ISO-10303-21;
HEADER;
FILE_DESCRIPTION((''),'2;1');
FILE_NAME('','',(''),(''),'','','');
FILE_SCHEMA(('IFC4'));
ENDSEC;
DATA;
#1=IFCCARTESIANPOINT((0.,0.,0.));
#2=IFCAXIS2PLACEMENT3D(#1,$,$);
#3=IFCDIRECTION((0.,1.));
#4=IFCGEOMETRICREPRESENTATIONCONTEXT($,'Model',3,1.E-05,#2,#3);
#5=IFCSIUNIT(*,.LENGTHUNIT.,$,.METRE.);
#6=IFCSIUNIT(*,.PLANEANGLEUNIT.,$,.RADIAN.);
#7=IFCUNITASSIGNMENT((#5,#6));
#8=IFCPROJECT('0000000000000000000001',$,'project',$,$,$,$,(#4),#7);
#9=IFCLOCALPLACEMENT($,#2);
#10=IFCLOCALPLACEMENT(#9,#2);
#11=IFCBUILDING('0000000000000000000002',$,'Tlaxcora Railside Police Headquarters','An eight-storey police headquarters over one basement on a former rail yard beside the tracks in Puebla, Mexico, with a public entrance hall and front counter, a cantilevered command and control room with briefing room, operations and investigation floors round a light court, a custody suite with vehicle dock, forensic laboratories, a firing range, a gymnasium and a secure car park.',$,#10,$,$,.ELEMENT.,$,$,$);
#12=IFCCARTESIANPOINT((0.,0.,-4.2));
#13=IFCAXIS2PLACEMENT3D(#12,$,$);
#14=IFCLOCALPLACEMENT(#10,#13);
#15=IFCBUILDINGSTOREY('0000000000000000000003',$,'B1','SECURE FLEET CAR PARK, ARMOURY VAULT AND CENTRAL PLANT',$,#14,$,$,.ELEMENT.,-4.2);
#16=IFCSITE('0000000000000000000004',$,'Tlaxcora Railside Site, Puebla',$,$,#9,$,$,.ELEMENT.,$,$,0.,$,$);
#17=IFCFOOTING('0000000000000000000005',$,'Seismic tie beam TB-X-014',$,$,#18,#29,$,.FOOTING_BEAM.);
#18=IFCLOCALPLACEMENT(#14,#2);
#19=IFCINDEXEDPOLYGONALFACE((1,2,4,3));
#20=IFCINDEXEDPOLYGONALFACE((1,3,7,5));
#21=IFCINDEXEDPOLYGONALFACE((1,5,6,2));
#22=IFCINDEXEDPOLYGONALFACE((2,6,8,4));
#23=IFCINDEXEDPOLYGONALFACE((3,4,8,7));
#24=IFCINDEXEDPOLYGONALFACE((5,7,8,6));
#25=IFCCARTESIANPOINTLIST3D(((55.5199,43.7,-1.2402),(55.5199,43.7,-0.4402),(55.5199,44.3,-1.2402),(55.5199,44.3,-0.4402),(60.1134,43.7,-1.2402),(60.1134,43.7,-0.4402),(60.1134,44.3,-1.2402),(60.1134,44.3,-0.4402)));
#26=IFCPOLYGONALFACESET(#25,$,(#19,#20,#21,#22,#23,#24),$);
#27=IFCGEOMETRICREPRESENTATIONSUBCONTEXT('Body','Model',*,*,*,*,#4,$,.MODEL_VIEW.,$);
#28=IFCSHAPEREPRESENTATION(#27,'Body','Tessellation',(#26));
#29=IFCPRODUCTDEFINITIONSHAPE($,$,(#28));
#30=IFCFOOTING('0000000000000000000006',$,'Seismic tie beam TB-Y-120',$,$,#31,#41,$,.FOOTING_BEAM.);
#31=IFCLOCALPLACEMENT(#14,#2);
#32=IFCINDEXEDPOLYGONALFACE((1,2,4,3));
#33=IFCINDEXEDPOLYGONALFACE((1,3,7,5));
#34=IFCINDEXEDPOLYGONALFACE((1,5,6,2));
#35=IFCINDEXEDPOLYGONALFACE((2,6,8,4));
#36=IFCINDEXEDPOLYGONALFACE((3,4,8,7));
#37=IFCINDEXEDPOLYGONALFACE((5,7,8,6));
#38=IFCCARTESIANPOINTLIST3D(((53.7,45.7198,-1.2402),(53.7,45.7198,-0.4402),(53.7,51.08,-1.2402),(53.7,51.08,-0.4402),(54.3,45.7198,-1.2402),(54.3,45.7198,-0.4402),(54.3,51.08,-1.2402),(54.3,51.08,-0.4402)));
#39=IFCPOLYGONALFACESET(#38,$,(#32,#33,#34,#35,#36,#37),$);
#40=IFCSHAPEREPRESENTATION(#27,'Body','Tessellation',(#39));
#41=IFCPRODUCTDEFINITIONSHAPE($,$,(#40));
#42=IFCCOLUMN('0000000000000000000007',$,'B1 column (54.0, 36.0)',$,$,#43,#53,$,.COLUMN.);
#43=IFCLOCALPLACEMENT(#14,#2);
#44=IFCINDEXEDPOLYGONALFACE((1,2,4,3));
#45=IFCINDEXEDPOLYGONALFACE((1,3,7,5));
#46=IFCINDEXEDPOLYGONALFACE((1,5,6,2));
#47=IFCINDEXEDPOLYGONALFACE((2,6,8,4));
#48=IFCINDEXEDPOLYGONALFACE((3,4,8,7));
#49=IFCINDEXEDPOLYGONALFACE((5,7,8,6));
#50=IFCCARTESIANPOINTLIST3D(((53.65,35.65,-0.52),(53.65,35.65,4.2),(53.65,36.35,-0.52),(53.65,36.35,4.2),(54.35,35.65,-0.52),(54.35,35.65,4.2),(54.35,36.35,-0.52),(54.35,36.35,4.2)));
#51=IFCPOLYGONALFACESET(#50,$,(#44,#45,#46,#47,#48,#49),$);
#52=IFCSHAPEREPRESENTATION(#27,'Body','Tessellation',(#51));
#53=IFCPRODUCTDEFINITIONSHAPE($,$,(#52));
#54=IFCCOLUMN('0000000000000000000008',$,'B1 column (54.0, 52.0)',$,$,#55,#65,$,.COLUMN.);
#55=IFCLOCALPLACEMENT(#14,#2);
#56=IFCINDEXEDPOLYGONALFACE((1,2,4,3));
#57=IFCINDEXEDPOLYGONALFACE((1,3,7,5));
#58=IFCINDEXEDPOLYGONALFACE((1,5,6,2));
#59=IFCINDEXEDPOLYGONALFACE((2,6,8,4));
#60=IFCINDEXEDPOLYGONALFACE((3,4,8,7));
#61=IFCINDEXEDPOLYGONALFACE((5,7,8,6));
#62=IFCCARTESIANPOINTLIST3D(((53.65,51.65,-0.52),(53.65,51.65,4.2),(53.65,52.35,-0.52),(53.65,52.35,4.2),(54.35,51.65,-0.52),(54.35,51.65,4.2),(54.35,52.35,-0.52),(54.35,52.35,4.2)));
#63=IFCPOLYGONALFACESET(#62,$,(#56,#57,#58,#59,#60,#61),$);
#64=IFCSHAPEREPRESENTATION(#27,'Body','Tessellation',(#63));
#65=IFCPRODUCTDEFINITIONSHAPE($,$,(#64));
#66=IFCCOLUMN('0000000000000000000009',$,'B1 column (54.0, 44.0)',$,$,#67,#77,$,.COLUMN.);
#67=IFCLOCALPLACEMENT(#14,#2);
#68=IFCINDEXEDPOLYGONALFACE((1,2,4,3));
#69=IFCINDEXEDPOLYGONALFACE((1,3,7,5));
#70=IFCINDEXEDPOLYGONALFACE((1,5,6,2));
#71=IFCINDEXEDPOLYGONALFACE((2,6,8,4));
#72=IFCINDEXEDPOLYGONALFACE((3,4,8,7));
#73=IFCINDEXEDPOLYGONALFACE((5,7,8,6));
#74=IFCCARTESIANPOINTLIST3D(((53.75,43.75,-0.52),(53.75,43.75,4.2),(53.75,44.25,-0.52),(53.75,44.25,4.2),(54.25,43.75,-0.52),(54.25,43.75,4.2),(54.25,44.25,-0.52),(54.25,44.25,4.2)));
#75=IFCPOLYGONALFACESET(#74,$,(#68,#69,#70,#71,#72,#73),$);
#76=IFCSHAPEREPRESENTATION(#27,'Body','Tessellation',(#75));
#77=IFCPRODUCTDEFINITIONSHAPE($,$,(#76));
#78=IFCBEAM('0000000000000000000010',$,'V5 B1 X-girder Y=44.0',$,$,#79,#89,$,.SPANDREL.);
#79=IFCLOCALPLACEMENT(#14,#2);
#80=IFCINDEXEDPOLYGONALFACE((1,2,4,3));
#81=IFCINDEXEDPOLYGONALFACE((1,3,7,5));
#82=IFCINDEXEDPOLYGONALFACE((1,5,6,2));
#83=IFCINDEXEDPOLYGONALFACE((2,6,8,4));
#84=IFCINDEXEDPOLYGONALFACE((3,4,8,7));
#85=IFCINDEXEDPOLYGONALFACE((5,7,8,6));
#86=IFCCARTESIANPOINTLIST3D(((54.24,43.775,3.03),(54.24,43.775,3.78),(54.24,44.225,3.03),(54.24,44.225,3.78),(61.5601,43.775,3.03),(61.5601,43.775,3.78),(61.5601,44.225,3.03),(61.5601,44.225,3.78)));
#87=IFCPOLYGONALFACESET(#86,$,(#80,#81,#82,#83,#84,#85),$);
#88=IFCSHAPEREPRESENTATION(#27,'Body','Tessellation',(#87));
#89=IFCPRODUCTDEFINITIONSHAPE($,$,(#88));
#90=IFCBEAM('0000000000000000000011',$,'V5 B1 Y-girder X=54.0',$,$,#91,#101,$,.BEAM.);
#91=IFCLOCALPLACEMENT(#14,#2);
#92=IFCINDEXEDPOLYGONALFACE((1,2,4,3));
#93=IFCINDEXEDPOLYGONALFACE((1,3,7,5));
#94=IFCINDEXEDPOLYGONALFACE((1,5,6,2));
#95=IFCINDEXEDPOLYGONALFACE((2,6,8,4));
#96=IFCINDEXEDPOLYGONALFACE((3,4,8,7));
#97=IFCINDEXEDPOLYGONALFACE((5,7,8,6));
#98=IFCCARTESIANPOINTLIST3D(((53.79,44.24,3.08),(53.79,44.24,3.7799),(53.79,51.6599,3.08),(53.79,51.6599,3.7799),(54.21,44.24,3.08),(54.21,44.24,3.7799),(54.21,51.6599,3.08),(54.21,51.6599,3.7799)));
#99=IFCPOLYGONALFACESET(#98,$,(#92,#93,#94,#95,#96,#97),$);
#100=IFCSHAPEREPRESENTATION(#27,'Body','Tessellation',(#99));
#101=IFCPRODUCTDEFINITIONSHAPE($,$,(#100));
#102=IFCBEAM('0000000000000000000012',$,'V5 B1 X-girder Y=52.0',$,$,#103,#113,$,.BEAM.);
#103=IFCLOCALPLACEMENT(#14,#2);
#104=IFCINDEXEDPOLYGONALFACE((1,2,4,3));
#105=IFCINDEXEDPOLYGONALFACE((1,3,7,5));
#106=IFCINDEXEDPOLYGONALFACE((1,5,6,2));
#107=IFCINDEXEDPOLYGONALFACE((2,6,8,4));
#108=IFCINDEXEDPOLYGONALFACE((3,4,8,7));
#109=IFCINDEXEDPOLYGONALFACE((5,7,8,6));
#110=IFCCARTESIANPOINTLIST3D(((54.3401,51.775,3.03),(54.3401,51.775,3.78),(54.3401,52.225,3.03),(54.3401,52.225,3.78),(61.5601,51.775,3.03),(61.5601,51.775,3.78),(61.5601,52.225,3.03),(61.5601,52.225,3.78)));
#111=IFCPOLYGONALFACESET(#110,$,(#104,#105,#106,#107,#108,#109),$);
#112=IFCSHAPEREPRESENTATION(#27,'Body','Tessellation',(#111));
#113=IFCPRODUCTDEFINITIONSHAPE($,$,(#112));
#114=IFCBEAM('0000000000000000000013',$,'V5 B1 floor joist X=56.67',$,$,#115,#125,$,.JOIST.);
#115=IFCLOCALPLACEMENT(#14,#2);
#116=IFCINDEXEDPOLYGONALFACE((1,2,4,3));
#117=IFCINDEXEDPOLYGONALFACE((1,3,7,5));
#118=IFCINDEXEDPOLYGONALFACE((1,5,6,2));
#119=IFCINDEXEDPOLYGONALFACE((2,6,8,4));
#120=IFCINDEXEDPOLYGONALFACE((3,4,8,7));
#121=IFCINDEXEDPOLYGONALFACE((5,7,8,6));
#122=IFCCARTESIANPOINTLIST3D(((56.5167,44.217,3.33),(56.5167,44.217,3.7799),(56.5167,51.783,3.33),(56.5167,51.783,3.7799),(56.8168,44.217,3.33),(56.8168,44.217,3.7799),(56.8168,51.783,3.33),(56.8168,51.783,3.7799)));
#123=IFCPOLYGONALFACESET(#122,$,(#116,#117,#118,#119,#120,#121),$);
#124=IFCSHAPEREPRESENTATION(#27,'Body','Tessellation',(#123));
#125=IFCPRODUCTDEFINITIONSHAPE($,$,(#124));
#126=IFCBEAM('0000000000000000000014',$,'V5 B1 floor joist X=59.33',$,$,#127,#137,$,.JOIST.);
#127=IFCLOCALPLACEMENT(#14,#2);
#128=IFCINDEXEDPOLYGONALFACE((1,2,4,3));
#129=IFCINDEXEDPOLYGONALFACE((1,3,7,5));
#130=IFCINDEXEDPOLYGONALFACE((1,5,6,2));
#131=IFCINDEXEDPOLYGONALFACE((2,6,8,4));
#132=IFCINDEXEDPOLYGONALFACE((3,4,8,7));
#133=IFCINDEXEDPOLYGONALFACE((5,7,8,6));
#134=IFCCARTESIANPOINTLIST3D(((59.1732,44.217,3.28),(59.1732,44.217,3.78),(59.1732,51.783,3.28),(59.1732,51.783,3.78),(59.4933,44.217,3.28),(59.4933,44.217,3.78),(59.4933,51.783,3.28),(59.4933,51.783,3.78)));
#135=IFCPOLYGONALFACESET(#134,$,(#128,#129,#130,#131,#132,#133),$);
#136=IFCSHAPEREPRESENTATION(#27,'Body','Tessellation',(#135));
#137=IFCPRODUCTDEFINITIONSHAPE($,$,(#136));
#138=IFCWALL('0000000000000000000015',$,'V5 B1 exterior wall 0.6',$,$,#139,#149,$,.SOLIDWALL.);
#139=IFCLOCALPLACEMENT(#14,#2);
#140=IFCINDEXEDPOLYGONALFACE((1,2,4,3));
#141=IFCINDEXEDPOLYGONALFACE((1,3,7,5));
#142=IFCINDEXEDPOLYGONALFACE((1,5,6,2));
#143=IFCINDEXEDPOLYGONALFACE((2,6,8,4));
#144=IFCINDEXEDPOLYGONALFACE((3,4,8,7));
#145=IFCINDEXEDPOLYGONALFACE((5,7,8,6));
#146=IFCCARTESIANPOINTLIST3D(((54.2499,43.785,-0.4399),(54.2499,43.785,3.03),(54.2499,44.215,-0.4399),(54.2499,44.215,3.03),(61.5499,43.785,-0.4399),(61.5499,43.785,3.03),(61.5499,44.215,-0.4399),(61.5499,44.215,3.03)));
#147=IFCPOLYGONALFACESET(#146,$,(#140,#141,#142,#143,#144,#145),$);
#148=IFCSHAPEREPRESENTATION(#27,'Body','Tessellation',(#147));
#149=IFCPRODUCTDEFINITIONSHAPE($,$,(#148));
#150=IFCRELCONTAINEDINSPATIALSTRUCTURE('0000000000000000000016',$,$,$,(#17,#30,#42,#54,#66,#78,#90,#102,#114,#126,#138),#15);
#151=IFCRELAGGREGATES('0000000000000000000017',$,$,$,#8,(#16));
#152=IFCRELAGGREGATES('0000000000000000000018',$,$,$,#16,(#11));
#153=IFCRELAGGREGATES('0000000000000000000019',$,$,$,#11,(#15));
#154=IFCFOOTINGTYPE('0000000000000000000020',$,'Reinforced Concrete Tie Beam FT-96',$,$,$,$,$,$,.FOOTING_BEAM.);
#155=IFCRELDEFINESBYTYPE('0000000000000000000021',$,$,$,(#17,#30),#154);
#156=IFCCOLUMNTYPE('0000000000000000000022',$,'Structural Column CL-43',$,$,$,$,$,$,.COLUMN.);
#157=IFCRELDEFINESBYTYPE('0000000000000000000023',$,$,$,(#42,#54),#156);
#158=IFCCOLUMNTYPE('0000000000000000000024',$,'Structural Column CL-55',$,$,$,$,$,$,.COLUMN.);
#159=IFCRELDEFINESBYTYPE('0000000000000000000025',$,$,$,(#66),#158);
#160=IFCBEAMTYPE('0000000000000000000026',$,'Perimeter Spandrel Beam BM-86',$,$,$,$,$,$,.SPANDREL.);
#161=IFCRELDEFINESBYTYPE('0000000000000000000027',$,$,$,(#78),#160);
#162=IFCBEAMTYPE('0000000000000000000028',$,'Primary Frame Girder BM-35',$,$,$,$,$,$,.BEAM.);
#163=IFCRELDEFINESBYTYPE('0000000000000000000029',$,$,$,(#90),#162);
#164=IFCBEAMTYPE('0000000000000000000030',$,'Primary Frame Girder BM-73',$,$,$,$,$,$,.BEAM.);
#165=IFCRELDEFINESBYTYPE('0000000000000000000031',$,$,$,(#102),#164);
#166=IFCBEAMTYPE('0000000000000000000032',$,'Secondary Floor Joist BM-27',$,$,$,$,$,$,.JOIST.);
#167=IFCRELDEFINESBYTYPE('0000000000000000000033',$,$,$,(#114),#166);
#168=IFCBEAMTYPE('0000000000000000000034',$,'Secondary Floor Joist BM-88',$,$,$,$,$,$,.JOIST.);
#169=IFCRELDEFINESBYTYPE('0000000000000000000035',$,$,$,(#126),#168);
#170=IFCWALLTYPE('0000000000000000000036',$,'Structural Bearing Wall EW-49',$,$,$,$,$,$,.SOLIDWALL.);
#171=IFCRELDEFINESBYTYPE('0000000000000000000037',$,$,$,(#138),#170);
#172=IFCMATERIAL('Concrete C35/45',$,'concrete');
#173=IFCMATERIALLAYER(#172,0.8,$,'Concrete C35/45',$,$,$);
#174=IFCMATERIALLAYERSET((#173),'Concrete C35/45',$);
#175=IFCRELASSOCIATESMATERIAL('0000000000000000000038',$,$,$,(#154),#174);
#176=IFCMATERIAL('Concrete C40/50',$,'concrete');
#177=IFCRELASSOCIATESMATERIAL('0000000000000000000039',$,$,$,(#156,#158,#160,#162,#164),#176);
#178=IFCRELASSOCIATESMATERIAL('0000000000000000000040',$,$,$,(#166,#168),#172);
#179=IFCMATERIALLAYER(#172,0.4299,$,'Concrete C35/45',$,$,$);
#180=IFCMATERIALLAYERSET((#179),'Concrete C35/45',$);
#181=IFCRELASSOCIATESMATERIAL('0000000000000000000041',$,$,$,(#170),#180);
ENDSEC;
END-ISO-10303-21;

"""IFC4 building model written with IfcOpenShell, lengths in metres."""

from ifc_helpers import new_model, si_unit, direction, frame, frame_2d, origin, origin_2d, place, context, subcontext, project, spatial, rectangle, extrude, material, layer, layer_set, material_profile, profile_set, type_object, element, save


model = new_model("IFC4")

# Units and contexts
model_context = context("Model", 3, precision=1e-05, world=origin(), true_north=direction((0.0, 1.0)))
body_context = subcontext(model_context, "Body", "Model", "MODEL_VIEW")
ifc_project = project(units=[si_unit("LENGTHUNIT", "METRE"), si_unit("PLANEANGLEUNIT", "RADIAN")], contexts=[model_context])

# Site, building, storey
site_placement = place(None, origin())
site = spatial("IfcSite", under=ifc_project, at=site_placement, Name="Tlaxcora Railside Site, Puebla", CompositionType="ELEMENT", RefElevation=0.0)
building_placement = place(site_placement, origin())
building = spatial("IfcBuilding", under=site, at=building_placement, Name="Tlaxcora Railside Police Headquarters", Description="An eight-storey police headquarters over one basement on a former rail yard beside the tracks in Puebla, Mexico, with a public entrance hall and front counter, a cantilevered command and control room with briefing room, operations and investigation floors round a light court, a custody suite with vehicle dock, forensic laboratories, a firing range, a gymnasium and a secure car park.", CompositionType="ELEMENT")
storey_placement = place(building_placement, frame((0.0, 0.0, -4.2)))
storey = spatial("IfcBuildingStorey", under=building, at=storey_placement, Name="B1", Description="SECURE FLEET CAR PARK, ARMOURY VAULT AND CENTRAL PLANT", CompositionType="ELEMENT", Elevation=-4.2)

# Shared definitions
ifc_material_1 = material(Name="Concrete C35/45", Category="concrete")

# Footings
ifc_material_2 = material(Name="Concrete C40/50", Category="concrete")
ifc_layer_1 = layer(ifc_material_1, 0.8, Name="Concrete C35/45")
ifc_layer_set_1 = layer_set([ifc_layer_1], Name="Concrete C35/45")
footing_type_1 = type_object("IfcFootingType", Name="Reinforced Concrete Tie Beam FT-96", PredefinedType="FOOTING_BEAM", material=ifc_layer_set_1)
footing_1_placement = place(storey_placement, frame((57.8167, 44.0, -1.2402), z_axis=(0.0, 0.0, 1.0), x_axis=(1.0, 0.0, 0.0)))
element("IfcFooting", 1, at=footing_1_placement, inside=storey, type_object=footing_type_1, Name="Seismic tie beam TB-X-014", PredefinedType="FOOTING_BEAM", context=body_context, shape_type="SweptSolid", body=[
    extrude(rectangle(XDim=4.5935, YDim=0.6001, at=origin_2d()), origin(), (0.0, 0.0, 1.0), 0.8),
])
footing_2_placement = place(storey_placement, frame((54.0, 48.3999, -1.2402), z_axis=(0.0, 0.0, 1.0), x_axis=(0.0, 1.0, 0.0)))
element("IfcFooting", 2, at=footing_2_placement, inside=storey, type_object=footing_type_1, Name="Seismic tie beam TB-Y-120", PredefinedType="FOOTING_BEAM", context=body_context, shape_type="SweptSolid", body=[
    extrude(rectangle(XDim=5.3601, YDim=0.6001, at=origin_2d()), origin(), (0.0, 0.0, 1.0), 0.8),
])

# Columns
ifc_material_profile_1 = material_profile(ifc_material_2, rectangle(XDim=0.7, YDim=0.7, at=origin_2d()), Name="RC700X700")
ifc_profile_set_1 = profile_set([ifc_material_profile_1], Name="Concrete C40/50")
column_type_1 = type_object("IfcColumnType", Name="Structural Column CL-43", PredefinedType="COLUMN", material=ifc_profile_set_1)
for number, where, z_axis, x_axis, name in (
    (3, (54.0, 36.0, -0.52), (0.0, 0.0, 1.0), (1.0, 0.0, 0.0), "B1 column (54.0, 36.0)"),
    (4, (54.0, 52.0, -0.52), (0.0, 0.0, 1.0), (1.0, 0.0, 0.0), "B1 column (54.0, 52.0)"),
):
    element("IfcColumn", number, at=place(storey_placement, frame(where, z_axis=z_axis, x_axis=x_axis)), inside=storey, type_object=column_type_1, Name=name, PredefinedType="COLUMN", context=body_context, shape_type="SweptSolid", body=[
        extrude(rectangle(XDim=0.7, YDim=0.7, at=origin_2d()), origin(), (0.0, 0.0, 1.0), 4.72),
    ])
ifc_material_profile_2 = material_profile(ifc_material_2, rectangle(XDim=0.5, YDim=0.5, at=origin_2d()), Name="RC500X500")
ifc_profile_set_2 = profile_set([ifc_material_profile_2], Name="Concrete C40/50")
column_type_2 = type_object("IfcColumnType", Name="Structural Column CL-55", PredefinedType="COLUMN", material=ifc_profile_set_2)
column_placement = place(storey_placement, frame((54.0, 44.0, -0.52), z_axis=(0.0, 0.0, 1.0), x_axis=(1.0, 0.0, 0.0)))
element("IfcColumn", 5, at=column_placement, inside=storey, type_object=column_type_2, Name="B1 column (54.0, 44.0)", PredefinedType="COLUMN", context=body_context, shape_type="SweptSolid", body=[
    extrude(rectangle(XDim=0.5, YDim=0.5, at=origin_2d()), origin(), (0.0, 0.0, 1.0), 4.72),
])

# Beams
ifc_material_profile_3 = material_profile(ifc_material_2, rectangle(XDim=0.45, YDim=0.75, at=origin_2d()), Name="RC450X750")
ifc_profile_set_3 = profile_set([ifc_material_profile_3], Name="Concrete C40/50")
beam_type_1 = type_object("IfcBeamType", Name="Perimeter Spandrel Beam BM-86", PredefinedType="SPANDREL", material=ifc_profile_set_3)
beam_1_placement = place(storey_placement, frame((54.24, 44.0, 3.405), z_axis=(1.0, 0.0, 0.0), x_axis=(0.0, 1.0, 0.0)))
element("IfcBeam", 6, at=beam_1_placement, inside=storey, type_object=beam_type_1, Name="V5 B1 X-girder Y=44.0", PredefinedType="SPANDREL", context=body_context, shape_type="SweptSolid", body=[
    extrude(rectangle(XDim=0.45, YDim=0.75, at=origin_2d()), origin(), (0.0, 0.0, 1.0), 7.3201),
])
ifc_material_profile_4 = material_profile(ifc_material_2, rectangle(XDim=0.4199, YDim=0.7, at=origin_2d()), Name="RC420X700")
ifc_profile_set_4 = profile_set([ifc_material_profile_4], Name="Concrete C40/50")
beam_type_2 = type_object("IfcBeamType", Name="Primary Frame Girder BM-35", PredefinedType="BEAM", material=ifc_profile_set_4)
beam_2_placement = place(storey_placement, frame((54.0, 44.24, 3.4299), z_axis=(0.0, 1.0, 0.0), x_axis=(-1.0, 0.0, 0.0)))
element("IfcBeam", 7, at=beam_2_placement, inside=storey, type_object=beam_type_2, Name="V5 B1 Y-girder X=54.0", PredefinedType="BEAM", context=body_context, shape_type="SweptSolid", body=[
    extrude(rectangle(XDim=0.4199, YDim=0.7, at=origin_2d()), origin(), (0.0, 0.0, 1.0), 7.4199),
])
ifc_material_profile_5 = material_profile(ifc_material_2, rectangle(XDim=0.45, YDim=0.75, at=origin_2d()), Name="RC450X750")
ifc_profile_set_5 = profile_set([ifc_material_profile_5], Name="Concrete C40/50")
beam_type_3 = type_object("IfcBeamType", Name="Primary Frame Girder BM-73", PredefinedType="BEAM", material=ifc_profile_set_5)
beam_3_placement = place(storey_placement, frame((54.3401, 52.0, 3.405), z_axis=(1.0, 0.0, 0.0), x_axis=(0.0, 1.0, 0.0)))
element("IfcBeam", 8, at=beam_3_placement, inside=storey, type_object=beam_type_3, Name="V5 B1 X-girder Y=52.0", PredefinedType="BEAM", context=body_context, shape_type="SweptSolid", body=[
    extrude(rectangle(XDim=0.45, YDim=0.75, at=origin_2d()), origin(), (0.0, 0.0, 1.0), 7.22),
])
ifc_material_profile_6 = material_profile(ifc_material_1, rectangle(XDim=0.3, YDim=0.45, at=origin_2d()), Name="RC300X450")
ifc_profile_set_6 = profile_set([ifc_material_profile_6], Name="Concrete C35/45")
beam_type_4 = type_object("IfcBeamType", Name="Secondary Floor Joist BM-27", PredefinedType="JOIST", material=ifc_profile_set_6)
beam_4_placement = place(storey_placement, frame((56.6667, 44.217, 3.5549), z_axis=(0.0, 1.0, 0.0), x_axis=(-1.0, 0.0, 0.0)))
element("IfcBeam", 9, at=beam_4_placement, inside=storey, type_object=beam_type_4, Name="V5 B1 floor joist X=56.67", PredefinedType="JOIST", context=body_context, shape_type="SweptSolid", body=[
    extrude(rectangle(XDim=0.3, YDim=0.45, at=origin_2d()), origin(), (0.0, 0.0, 1.0), 7.5659),
])
ifc_material_profile_7 = material_profile(ifc_material_1, rectangle(XDim=0.3201, YDim=0.5, at=origin_2d()), Name="RC320X500")
ifc_profile_set_7 = profile_set([ifc_material_profile_7], Name="Concrete C35/45")
beam_type_5 = type_object("IfcBeamType", Name="Secondary Floor Joist BM-88", PredefinedType="JOIST", material=ifc_profile_set_7)
beam_5_placement = place(storey_placement, frame((59.3333, 44.217, 3.53), z_axis=(0.0, 1.0, 0.0), x_axis=(-1.0, 0.0, 0.0)))
element("IfcBeam", 10, at=beam_5_placement, inside=storey, type_object=beam_type_5, Name="V5 B1 floor joist X=59.33", PredefinedType="JOIST", context=body_context, shape_type="SweptSolid", body=[
    extrude(rectangle(XDim=0.3201, YDim=0.5, at=origin_2d()), origin(), (0.0, 0.0, 1.0), 7.5659),
])

# Wall
ifc_layer_2 = layer(ifc_material_1, 0.4299, Name="Concrete C35/45")
ifc_layer_set_2 = layer_set([ifc_layer_2], Name="Concrete C35/45")
wall_type = type_object("IfcWallType", Name="Structural Bearing Wall EW-49", PredefinedType="SOLIDWALL", material=ifc_layer_set_2)
wall_placement = place(storey_placement, frame((54.25, 44.0, -0.4399), z_axis=(0.0, 0.0, 1.0), x_axis=(1.0, 0.0, 0.0)))
element("IfcWall", 11, at=wall_placement, inside=storey, type_object=wall_type, Name="V5 B1 exterior wall 0.6", PredefinedType="SOLIDWALL", context=body_context, shape_type="SweptSolid", body=[
    extrude(rectangle(XDim=7.3, YDim=0.4299, at=frame_2d((3.6499, 0.0))), origin(), (0.0, 0.0, 1.0), 3.47),
])

save(model, "model.ifc")
